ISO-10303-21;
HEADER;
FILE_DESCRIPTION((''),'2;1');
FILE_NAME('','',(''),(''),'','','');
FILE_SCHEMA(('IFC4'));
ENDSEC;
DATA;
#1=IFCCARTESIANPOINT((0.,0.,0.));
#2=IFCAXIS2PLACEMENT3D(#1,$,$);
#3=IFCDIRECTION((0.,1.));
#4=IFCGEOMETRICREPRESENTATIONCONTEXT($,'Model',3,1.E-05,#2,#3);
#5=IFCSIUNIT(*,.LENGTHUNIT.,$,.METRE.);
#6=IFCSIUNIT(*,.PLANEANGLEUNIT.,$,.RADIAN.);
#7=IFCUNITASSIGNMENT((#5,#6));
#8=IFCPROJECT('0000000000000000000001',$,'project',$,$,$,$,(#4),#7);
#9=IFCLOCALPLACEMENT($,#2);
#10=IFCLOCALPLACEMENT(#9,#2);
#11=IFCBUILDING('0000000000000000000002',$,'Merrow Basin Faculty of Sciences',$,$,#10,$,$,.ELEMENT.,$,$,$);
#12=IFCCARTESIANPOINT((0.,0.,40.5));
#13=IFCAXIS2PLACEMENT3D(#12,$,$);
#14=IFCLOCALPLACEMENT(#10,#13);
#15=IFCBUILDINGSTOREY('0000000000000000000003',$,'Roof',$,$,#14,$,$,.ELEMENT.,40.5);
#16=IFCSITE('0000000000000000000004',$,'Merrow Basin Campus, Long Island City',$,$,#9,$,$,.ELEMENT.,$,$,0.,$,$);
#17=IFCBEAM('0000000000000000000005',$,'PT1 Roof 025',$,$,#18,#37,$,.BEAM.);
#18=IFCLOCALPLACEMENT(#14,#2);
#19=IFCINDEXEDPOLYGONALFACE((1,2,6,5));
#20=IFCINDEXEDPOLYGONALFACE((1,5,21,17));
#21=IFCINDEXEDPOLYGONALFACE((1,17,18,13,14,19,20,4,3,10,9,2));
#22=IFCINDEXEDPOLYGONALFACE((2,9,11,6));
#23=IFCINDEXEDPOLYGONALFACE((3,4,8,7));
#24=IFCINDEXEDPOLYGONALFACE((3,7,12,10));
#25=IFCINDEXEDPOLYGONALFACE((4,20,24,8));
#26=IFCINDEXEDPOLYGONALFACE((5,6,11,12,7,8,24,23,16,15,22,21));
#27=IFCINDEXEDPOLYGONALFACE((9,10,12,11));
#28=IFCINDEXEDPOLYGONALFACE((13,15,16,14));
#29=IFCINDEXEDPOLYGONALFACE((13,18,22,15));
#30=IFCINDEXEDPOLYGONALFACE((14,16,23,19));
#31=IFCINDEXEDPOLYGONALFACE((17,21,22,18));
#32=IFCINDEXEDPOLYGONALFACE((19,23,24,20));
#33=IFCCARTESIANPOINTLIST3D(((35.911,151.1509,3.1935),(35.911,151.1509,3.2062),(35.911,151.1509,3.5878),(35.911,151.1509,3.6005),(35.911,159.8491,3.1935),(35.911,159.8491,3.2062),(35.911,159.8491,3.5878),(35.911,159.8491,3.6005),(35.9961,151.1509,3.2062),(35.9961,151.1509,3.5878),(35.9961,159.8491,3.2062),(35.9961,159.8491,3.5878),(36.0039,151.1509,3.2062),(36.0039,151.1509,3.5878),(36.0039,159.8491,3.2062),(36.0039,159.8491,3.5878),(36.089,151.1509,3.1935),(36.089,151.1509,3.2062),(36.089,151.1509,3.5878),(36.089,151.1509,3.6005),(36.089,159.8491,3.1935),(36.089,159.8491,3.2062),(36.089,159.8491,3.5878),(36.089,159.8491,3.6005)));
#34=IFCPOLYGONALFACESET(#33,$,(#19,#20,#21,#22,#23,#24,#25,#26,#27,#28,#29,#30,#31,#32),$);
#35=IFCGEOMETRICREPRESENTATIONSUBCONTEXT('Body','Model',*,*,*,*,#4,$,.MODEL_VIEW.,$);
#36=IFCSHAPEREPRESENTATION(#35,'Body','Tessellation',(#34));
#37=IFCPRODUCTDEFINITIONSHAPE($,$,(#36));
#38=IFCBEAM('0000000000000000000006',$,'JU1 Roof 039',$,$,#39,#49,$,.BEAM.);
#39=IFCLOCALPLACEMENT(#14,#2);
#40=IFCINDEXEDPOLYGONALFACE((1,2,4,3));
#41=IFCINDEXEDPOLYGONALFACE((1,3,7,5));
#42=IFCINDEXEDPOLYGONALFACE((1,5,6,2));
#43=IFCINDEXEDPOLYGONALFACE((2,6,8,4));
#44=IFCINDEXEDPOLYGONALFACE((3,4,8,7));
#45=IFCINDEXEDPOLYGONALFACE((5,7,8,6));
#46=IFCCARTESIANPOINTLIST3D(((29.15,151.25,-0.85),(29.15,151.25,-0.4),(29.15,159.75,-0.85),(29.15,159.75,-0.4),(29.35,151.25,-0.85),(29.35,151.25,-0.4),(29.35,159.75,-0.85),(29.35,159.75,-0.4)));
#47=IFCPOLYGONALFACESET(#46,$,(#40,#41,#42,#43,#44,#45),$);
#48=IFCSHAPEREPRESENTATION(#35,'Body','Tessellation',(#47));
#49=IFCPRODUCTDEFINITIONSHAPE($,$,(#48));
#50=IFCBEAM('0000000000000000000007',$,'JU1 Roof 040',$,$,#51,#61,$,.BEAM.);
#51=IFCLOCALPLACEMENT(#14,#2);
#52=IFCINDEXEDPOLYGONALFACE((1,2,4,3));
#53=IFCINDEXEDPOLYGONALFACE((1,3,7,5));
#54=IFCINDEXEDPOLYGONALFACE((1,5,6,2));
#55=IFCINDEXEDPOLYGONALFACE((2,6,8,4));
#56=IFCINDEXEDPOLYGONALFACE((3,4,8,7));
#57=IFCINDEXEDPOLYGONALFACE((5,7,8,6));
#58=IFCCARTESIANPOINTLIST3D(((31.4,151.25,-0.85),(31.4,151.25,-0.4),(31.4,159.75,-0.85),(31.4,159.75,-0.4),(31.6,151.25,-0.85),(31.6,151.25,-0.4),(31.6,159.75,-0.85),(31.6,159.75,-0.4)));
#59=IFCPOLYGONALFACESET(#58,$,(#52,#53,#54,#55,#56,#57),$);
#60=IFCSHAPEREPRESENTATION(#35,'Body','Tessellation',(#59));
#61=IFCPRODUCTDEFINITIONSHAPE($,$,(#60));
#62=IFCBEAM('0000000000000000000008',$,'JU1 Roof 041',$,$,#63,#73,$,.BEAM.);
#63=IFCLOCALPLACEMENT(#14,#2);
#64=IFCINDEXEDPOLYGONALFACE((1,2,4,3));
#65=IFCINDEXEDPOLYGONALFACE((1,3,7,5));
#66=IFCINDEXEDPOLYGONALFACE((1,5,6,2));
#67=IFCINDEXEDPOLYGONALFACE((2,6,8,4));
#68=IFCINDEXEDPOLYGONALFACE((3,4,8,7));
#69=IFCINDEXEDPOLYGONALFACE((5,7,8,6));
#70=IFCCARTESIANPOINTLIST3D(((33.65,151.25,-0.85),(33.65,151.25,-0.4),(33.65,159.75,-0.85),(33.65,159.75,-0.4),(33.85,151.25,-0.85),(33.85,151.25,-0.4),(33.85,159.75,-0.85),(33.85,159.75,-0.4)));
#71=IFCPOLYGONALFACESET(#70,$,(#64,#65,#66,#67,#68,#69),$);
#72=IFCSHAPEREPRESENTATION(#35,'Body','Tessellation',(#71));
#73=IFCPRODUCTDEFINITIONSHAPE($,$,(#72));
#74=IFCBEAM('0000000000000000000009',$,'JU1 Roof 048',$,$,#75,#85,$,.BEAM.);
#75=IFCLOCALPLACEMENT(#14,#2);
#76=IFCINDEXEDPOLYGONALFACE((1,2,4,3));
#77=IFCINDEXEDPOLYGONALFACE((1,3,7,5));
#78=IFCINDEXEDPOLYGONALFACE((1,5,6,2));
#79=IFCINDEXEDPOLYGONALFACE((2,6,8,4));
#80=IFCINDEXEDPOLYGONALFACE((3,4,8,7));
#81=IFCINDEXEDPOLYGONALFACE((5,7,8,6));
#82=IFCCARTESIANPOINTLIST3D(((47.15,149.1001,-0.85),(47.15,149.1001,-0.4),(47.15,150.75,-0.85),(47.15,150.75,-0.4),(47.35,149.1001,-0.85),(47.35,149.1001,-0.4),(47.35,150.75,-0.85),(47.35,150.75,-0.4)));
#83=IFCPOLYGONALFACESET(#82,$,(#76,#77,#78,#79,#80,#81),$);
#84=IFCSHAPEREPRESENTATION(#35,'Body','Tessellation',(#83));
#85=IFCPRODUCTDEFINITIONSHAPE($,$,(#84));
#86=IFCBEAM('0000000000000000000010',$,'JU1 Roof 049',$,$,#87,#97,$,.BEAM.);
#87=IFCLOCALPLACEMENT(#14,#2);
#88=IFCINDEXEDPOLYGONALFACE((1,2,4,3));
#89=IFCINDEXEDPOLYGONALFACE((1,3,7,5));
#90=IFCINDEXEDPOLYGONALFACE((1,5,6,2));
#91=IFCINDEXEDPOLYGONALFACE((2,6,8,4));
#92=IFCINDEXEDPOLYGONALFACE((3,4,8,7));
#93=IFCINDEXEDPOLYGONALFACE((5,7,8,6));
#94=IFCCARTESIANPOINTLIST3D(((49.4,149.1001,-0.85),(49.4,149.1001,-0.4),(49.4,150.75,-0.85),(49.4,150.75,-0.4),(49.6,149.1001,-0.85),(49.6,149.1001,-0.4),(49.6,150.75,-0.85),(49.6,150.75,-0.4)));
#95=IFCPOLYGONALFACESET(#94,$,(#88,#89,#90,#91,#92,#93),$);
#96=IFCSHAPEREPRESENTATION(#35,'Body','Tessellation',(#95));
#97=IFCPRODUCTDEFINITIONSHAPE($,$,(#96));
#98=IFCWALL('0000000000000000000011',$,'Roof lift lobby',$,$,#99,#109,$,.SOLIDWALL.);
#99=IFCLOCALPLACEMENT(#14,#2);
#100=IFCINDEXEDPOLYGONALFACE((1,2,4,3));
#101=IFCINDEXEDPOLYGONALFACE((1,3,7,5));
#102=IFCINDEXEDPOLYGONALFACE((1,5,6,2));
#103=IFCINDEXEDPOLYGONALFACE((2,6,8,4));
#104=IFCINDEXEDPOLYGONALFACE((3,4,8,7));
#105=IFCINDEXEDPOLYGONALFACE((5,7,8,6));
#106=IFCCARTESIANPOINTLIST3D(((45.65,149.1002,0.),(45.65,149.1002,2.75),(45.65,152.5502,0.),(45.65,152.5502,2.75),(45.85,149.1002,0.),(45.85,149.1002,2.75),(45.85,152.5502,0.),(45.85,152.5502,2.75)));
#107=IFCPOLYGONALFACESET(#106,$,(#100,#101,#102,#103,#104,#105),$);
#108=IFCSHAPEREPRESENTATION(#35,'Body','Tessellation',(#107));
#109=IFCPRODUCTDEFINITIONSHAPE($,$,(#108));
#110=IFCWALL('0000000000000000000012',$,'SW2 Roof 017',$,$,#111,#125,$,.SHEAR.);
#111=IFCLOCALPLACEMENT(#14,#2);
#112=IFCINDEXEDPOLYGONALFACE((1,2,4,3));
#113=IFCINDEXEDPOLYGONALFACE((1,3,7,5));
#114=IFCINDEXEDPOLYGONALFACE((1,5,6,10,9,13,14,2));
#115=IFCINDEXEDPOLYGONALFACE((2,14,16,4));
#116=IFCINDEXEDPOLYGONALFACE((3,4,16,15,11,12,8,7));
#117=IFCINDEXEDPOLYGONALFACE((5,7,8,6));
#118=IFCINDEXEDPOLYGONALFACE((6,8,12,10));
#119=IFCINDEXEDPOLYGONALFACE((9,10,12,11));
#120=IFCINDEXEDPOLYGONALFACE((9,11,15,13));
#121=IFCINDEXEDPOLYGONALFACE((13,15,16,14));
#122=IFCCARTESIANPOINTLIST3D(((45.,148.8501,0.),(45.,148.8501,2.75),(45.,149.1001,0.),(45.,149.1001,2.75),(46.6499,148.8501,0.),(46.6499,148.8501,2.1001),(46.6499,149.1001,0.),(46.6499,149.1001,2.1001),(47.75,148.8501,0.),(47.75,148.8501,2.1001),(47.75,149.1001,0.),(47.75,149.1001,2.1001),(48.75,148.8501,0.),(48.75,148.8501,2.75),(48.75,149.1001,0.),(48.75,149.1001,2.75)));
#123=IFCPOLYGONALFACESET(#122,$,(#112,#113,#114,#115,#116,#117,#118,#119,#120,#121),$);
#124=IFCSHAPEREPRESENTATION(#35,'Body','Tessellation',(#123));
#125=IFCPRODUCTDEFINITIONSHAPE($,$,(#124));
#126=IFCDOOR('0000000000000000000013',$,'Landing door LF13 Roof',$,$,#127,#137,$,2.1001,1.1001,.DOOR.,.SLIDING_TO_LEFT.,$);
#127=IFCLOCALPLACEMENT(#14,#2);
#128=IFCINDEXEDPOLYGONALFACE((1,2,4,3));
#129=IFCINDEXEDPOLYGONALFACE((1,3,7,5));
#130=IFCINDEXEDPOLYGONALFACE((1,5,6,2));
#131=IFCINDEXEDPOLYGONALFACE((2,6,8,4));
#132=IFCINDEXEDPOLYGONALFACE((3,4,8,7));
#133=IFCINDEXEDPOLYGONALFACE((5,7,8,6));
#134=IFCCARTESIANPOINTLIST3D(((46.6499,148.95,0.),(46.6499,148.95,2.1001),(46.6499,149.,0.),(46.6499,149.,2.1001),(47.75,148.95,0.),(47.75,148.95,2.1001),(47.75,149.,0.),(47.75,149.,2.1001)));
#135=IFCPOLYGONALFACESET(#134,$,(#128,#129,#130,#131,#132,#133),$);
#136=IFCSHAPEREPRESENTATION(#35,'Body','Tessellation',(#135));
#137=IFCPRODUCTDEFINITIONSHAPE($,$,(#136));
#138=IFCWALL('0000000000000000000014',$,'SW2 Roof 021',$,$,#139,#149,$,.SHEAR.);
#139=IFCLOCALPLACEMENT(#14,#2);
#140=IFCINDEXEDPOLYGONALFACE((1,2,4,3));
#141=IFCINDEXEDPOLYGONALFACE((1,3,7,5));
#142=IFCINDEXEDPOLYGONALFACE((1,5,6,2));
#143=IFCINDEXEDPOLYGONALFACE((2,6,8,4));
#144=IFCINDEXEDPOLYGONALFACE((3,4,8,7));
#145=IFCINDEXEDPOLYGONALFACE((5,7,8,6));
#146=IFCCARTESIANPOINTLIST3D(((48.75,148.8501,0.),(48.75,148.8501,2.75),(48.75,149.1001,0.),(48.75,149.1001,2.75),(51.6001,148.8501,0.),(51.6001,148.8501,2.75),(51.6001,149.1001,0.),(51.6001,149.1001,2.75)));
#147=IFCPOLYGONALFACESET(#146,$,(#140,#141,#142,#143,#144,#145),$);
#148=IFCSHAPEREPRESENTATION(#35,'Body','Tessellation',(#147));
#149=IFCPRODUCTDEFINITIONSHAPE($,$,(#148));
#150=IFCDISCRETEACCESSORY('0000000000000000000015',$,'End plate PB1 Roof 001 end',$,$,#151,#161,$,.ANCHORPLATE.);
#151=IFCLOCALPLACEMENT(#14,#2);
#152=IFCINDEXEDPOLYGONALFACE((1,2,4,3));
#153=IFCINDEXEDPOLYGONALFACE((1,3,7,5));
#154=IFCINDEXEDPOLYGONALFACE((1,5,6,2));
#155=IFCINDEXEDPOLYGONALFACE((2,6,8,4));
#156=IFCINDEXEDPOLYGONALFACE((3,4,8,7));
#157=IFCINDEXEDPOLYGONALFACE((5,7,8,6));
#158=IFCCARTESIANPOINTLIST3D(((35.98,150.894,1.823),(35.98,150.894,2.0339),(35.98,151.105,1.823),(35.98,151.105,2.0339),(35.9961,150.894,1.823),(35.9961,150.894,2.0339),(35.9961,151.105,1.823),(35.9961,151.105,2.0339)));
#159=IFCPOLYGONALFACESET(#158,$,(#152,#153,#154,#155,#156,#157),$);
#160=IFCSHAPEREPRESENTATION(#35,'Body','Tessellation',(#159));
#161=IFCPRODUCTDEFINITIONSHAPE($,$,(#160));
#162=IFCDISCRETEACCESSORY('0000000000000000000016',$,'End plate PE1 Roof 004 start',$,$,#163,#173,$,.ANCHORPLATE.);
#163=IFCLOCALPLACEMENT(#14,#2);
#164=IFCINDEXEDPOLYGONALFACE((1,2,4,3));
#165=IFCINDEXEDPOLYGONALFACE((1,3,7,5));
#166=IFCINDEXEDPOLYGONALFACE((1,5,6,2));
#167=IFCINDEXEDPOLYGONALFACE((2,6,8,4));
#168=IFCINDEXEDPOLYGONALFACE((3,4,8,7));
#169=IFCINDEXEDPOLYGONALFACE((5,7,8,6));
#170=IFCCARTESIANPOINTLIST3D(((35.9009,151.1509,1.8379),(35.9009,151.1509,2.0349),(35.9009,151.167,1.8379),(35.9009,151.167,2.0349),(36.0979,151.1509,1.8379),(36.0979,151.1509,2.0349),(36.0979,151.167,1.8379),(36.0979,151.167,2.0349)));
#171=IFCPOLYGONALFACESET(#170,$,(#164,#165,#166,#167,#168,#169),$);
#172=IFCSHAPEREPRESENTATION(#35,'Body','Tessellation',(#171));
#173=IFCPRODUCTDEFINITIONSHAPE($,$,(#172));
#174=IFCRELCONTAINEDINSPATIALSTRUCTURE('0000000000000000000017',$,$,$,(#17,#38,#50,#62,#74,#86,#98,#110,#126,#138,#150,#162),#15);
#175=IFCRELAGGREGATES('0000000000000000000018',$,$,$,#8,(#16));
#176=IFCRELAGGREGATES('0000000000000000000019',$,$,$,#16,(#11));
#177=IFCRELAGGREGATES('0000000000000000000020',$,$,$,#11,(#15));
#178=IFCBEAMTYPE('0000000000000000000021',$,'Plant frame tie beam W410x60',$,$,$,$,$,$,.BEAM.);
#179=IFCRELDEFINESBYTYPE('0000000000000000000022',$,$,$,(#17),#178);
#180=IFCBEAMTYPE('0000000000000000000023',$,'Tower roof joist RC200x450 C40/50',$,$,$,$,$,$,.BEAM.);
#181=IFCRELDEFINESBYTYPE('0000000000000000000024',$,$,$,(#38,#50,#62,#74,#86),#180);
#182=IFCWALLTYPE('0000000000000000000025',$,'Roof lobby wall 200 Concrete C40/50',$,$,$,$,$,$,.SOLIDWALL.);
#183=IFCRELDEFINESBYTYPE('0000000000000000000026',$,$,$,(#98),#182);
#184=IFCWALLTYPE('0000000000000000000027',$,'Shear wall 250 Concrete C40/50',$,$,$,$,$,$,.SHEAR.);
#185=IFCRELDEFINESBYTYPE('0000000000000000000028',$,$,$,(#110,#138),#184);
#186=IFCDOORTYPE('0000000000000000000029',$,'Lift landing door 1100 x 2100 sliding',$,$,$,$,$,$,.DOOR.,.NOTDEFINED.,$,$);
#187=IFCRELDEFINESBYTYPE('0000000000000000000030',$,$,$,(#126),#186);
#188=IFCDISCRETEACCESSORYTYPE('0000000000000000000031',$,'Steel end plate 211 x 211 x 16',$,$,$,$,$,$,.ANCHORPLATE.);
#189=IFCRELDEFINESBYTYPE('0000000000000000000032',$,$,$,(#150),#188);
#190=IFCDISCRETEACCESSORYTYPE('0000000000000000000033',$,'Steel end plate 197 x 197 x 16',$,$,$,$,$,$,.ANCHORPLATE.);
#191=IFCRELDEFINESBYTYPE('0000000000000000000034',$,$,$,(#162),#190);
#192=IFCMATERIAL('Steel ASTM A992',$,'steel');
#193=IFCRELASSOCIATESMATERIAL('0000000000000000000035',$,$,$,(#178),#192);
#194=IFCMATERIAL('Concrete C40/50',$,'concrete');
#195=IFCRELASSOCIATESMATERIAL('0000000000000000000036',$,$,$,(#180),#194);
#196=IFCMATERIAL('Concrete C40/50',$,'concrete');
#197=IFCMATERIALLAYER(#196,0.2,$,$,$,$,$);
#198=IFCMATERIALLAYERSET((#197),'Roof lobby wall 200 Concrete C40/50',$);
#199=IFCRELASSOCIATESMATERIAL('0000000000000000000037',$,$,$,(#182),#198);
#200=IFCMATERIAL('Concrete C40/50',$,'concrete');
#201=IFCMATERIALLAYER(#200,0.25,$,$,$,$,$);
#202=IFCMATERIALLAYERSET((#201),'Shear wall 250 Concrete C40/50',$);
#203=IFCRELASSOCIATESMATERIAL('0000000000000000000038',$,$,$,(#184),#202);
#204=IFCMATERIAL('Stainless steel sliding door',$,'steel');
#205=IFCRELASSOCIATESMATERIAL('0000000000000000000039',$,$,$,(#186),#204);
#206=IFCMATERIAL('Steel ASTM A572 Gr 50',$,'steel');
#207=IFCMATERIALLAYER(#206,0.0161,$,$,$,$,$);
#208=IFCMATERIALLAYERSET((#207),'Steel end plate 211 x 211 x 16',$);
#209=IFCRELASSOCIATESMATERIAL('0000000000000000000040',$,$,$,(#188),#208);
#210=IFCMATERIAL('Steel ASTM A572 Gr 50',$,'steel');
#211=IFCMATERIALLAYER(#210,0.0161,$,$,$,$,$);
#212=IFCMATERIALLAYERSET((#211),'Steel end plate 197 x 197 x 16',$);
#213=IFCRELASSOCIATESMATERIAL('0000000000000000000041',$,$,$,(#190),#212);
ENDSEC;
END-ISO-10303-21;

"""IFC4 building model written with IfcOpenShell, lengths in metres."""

from ifc_helpers import new_model, si_unit, direction, frame, frame_2d, origin, origin_2d, place, context, subcontext, project, spatial, polyline, rectangle, i_section, outline, extrude, source, transform, mapped, material, layer, layer_set, material_profile, profile_set, type_object, element, fill, save


model = new_model("IFC4")

# Units and contexts
model_context = context("Model", 3, precision=1e-05, world=origin(), true_north=direction((0.0, 1.0)))
body_context = subcontext(model_context, "Body", "Model", "MODEL_VIEW")
ifc_project = project(units=[si_unit("LENGTHUNIT", "METRE"), si_unit("PLANEANGLEUNIT", "RADIAN")], contexts=[model_context])

# Site, building, storey
site_placement = place(None, origin())
site = spatial("IfcSite", under=ifc_project, at=site_placement, Name="Merrow Basin Campus, Long Island City", CompositionType="ELEMENT", RefElevation=0.0)
building_placement = place(site_placement, origin())
building = spatial("IfcBuilding", under=site, at=building_placement, Name="Merrow Basin Faculty of Sciences", CompositionType="ELEMENT")
storey_placement = place(building_placement, frame((0.0, 0.0, 40.5)))
storey = spatial("IfcBuildingStorey", under=building, at=storey_placement, Name="Roof", CompositionType="ELEMENT", Elevation=40.5)

# Beams
ifc_material_1 = material(Name="Steel ASTM A992", Category="steel")
ifc_material_profile_1 = material_profile(ifc_material_1, i_section(OverallWidth=0.178, OverallDepth=0.407, WebThickness=0.0078, FlangeThickness=0.0127, at=origin_2d()))
ifc_profile_set_1 = profile_set([ifc_material_profile_1], Name="Steel ASTM A992")
beam_type_1 = type_object("IfcBeamType", Name="Plant frame tie beam W410x60", PredefinedType="BEAM", material=ifc_profile_set_1)
beam_placement = place(storey_placement, frame((36.0, 151.1509, 3.397), z_axis=(0.0, 1.0, 0.0), x_axis=(-1.0, 0.0, 0.0)))
element("IfcBeam", 1, at=beam_placement, inside=storey, type_object=beam_type_1, Name="PT1 Roof 025", PredefinedType="BEAM", context=body_context, shape_type="SweptSolid", body=[
    extrude(i_section(OverallWidth=0.178, OverallDepth=0.407, WebThickness=0.0078, FlangeThickness=0.0127, at=origin_2d()), origin(), (0.0, 0.0, 1.0), 8.6982),
])
ifc_material_2 = material(Name="Concrete C40/50", Category="concrete")
ifc_material_profile_2 = material_profile(ifc_material_2, rectangle(XDim=0.2, YDim=0.45, at=origin_2d()))
ifc_profile_set_2 = profile_set([ifc_material_profile_2], Name="Concrete C40/50")
beam_type_2 = type_object("IfcBeamType", Name="Tower roof joist RC200x450 C40/50", PredefinedType="BEAM", material=ifc_profile_set_2)
for number, where, z_axis, x_axis, name in (
    (2, (29.25, 151.25, -0.625), (0.0, 1.0, 0.0), (-1.0, 0.0, 0.0), "JU1 Roof 039"),
    (3, (31.5, 151.25, -0.625), (0.0, 1.0, 0.0), (-1.0, 0.0, 0.0), "JU1 Roof 040"),
    (4, (33.75, 151.25, -0.625), (0.0, 1.0, 0.0), (-1.0, 0.0, 0.0), "JU1 Roof 041"),
):
    element("IfcBeam", number, at=place(storey_placement, frame(where, z_axis=z_axis, x_axis=x_axis)), inside=storey, type_object=beam_type_2, Name=name, PredefinedType="BEAM", context=body_context, shape_type="SweptSolid", body=[
        extrude(rectangle(XDim=0.2, YDim=0.45, at=origin_2d()), origin(), (0.0, 0.0, 1.0), 8.5),
    ])
for number, where, z_axis, x_axis, name in (
    (5, (47.25, 149.1001, -0.625), (0.0, 1.0, 0.0), (-1.0, 0.0, 0.0), "JU1 Roof 048"),
    (6, (49.5, 149.1001, -0.625), (0.0, 1.0, 0.0), (-1.0, 0.0, 0.0), "JU1 Roof 049"),
):
    element("IfcBeam", number, at=place(storey_placement, frame(where, z_axis=z_axis, x_axis=x_axis)), inside=storey, type_object=beam_type_2, Name=name, PredefinedType="BEAM", context=body_context, shape_type="SweptSolid", body=[
        extrude(rectangle(XDim=0.2, YDim=0.45, at=origin_2d()), origin(), (0.0, 0.0, 1.0), 1.6499),
    ])

# Wall
ifc_material_3 = material(Name="Concrete C40/50", Category="concrete")
ifc_layer_1 = layer(ifc_material_3, 0.2)
ifc_layer_set_1 = layer_set([ifc_layer_1], Name="Roof lobby wall 200 Concrete C40/50")
wall_type_1 = type_object("IfcWallType", Name="Roof lobby wall 200 Concrete C40/50", PredefinedType="SOLIDWALL", material=ifc_layer_set_1)
wall_1_placement = place(storey_placement, frame((45.75, 149.1001, 0.0), z_axis=(0.0, 0.0, 1.0), x_axis=(0.0, 1.0, 0.0)))
element("IfcWall", 7, at=wall_1_placement, inside=storey, type_object=wall_type_1, Name="Roof lift lobby", PredefinedType="SOLIDWALL", context=body_context, shape_type="SweptSolid", body=[
    extrude(rectangle(XDim=3.45, YDim=0.2, at=frame_2d((1.7251, 0.0))), origin(), (0.0, 0.0, 1.0), 2.75),
])

# Wall, opening, door
ifc_material_4 = material(Name="Concrete C40/50", Category="concrete")
ifc_layer_2 = layer(ifc_material_4, 0.25)
ifc_layer_set_2 = layer_set([ifc_layer_2], Name="Shear wall 250 Concrete C40/50")
wall_type_2 = type_object("IfcWallType", Name="Shear wall 250 Concrete C40/50", PredefinedType="SHEAR", material=ifc_layer_set_2)
wall_2_placement = place(storey_placement, frame((45.0, 148.9751, 0.0), z_axis=(0.0, 0.0, 1.0), x_axis=(1.0, 0.0, 0.0)))
wall_2 = element("IfcWall", 8, at=wall_2_placement, inside=storey, type_object=wall_type_2, Name="SW2 Roof 017", PredefinedType="SHEAR", context=body_context, shape_type="SweptSolid", body=[
    extrude(rectangle(XDim=3.75, YDim=0.25, at=frame_2d((1.875, 0.0))), origin(), (0.0, 0.0, 1.0), 2.75),
])
opening_placement = place(wall_2_placement, frame((1.6499, 0.0, 0.0)))
opening = element("IfcOpeningElement", 9, at=opening_placement, cuts=wall_2, PredefinedType="OPENING", context=body_context, shape_type="SweptSolid", body=[
    extrude(rectangle(XDim=1.1001, YDim=2.1001, at=frame_2d((0.55, 1.05))), frame((0.0, 0.135, 0.0), z_axis=(0.0, -1.0, 0.0), x_axis=(1.0, 0.0, 0.0)), (0.0, 0.0, 1.0), 0.27),
])
ifc_material_5 = material(Name="Stainless steel sliding door", Category="steel")
door_type = type_object("IfcDoorType", Name="Lift landing door 1100 x 2100 sliding", OperationType="NOTDEFINED", PredefinedType="DOOR", material=ifc_material_5)
door_placement = place(opening_placement, origin())
door = element("IfcDoor", 10, at=door_placement, inside=storey, type_object=door_type, Name="Landing door LF13 Roof", OperationType="SLIDING_TO_LEFT", OverallHeight=2.1001, OverallWidth=1.1001, PredefinedType="DOOR", context=body_context, shape_type="SweptSolid", body=[
    extrude(rectangle(XDim=1.1001, YDim=2.1001, at=frame_2d((0.55, 1.05))), frame((0.0, 0.0249, 0.0), z_axis=(0.0, -1.0, 0.0), x_axis=(1.0, 0.0, 0.0)), (0.0, 0.0, 1.0), 0.05),
])
fill(opening, door)

# Wall
wall_3_placement = place(storey_placement, frame((48.75, 148.9751, 0.0), z_axis=(0.0, 0.0, 1.0), x_axis=(1.0, 0.0, 0.0)))
element("IfcWall", 11, at=wall_3_placement, inside=storey, type_object=wall_type_2, Name="SW2 Roof 021", PredefinedType="SHEAR", context=body_context, shape_type="SweptSolid", body=[
    extrude(rectangle(XDim=2.8501, YDim=0.25, at=frame_2d((1.425, 0.0))), origin(), (0.0, 0.0, 1.0), 2.75),
])

# Discrete accessories
ifc_material_6 = material(Name="Steel ASTM A572 Gr 50", Category="steel")
ifc_layer_3 = layer(ifc_material_6, 0.0161)
ifc_layer_set_3 = layer_set([ifc_layer_3], Name="Steel end plate 211 x 211 x 16")
discrete_accessory_type_1 = type_object("IfcDiscreteAccessoryType", Name="Steel end plate 211 x 211 x 16", PredefinedType="ANCHORPLATE", material=ifc_layer_set_3)
shared_shape_1 = source(origin(), body_context, "Body", "SweptSolid", [
    extrude(outline(polyline([(0.0, 0.0), (0.2109, 0.0), (0.2109, 0.2109), (0.0, 0.2109), (0.0, 0.0)])), origin(), (0.0, 0.0, 1.0), 0.0161),
])
discrete_accessory_1_placement = place(storey_placement, frame((35.98, 150.894, 1.823), z_axis=(1.0, 0.0, 0.0), x_axis=(0.0, 1.0, 0.0)))
element("IfcDiscreteAccessory", 12, at=discrete_accessory_1_placement, inside=storey, type_object=discrete_accessory_type_1, Name="End plate PB1 Roof 001 end", PredefinedType="ANCHORPLATE", context=body_context, shape_type="MappedRepresentation", body=[
    mapped(shared_shape_1, transform((0.0, 0.0, 0.0), scale=1.0)),
])
ifc_material_7 = material(Name="Steel ASTM A572 Gr 50", Category="steel")
ifc_layer_4 = layer(ifc_material_7, 0.0161)
ifc_layer_set_4 = layer_set([ifc_layer_4], Name="Steel end plate 197 x 197 x 16")
discrete_accessory_type_2 = type_object("IfcDiscreteAccessoryType", Name="Steel end plate 197 x 197 x 16", PredefinedType="ANCHORPLATE", material=ifc_layer_set_4)
shared_shape_2 = source(origin(), body_context, "Body", "SweptSolid", [
    extrude(outline(polyline([(0.0, 0.0), (0.197, 0.0), (0.197, 0.197), (0.0, 0.197), (0.0, 0.0)])), origin(), (0.0, 0.0, 1.0), 0.0161),
])
discrete_accessory_2_placement = place(storey_placement, frame((35.9009, 151.167, 1.8379), z_axis=(0.0, -1.0, 0.0), x_axis=(1.0, 0.0, 0.0)))
element("IfcDiscreteAccessory", 13, at=discrete_accessory_2_placement, inside=storey, type_object=discrete_accessory_type_2, Name="End plate PE1 Roof 004 start", PredefinedType="ANCHORPLATE", context=body_context, shape_type="MappedRepresentation", body=[
    mapped(shared_shape_2, transform((0.0, 0.0, 0.0), scale=1.0)),
])

save(model, "model.ifc")
